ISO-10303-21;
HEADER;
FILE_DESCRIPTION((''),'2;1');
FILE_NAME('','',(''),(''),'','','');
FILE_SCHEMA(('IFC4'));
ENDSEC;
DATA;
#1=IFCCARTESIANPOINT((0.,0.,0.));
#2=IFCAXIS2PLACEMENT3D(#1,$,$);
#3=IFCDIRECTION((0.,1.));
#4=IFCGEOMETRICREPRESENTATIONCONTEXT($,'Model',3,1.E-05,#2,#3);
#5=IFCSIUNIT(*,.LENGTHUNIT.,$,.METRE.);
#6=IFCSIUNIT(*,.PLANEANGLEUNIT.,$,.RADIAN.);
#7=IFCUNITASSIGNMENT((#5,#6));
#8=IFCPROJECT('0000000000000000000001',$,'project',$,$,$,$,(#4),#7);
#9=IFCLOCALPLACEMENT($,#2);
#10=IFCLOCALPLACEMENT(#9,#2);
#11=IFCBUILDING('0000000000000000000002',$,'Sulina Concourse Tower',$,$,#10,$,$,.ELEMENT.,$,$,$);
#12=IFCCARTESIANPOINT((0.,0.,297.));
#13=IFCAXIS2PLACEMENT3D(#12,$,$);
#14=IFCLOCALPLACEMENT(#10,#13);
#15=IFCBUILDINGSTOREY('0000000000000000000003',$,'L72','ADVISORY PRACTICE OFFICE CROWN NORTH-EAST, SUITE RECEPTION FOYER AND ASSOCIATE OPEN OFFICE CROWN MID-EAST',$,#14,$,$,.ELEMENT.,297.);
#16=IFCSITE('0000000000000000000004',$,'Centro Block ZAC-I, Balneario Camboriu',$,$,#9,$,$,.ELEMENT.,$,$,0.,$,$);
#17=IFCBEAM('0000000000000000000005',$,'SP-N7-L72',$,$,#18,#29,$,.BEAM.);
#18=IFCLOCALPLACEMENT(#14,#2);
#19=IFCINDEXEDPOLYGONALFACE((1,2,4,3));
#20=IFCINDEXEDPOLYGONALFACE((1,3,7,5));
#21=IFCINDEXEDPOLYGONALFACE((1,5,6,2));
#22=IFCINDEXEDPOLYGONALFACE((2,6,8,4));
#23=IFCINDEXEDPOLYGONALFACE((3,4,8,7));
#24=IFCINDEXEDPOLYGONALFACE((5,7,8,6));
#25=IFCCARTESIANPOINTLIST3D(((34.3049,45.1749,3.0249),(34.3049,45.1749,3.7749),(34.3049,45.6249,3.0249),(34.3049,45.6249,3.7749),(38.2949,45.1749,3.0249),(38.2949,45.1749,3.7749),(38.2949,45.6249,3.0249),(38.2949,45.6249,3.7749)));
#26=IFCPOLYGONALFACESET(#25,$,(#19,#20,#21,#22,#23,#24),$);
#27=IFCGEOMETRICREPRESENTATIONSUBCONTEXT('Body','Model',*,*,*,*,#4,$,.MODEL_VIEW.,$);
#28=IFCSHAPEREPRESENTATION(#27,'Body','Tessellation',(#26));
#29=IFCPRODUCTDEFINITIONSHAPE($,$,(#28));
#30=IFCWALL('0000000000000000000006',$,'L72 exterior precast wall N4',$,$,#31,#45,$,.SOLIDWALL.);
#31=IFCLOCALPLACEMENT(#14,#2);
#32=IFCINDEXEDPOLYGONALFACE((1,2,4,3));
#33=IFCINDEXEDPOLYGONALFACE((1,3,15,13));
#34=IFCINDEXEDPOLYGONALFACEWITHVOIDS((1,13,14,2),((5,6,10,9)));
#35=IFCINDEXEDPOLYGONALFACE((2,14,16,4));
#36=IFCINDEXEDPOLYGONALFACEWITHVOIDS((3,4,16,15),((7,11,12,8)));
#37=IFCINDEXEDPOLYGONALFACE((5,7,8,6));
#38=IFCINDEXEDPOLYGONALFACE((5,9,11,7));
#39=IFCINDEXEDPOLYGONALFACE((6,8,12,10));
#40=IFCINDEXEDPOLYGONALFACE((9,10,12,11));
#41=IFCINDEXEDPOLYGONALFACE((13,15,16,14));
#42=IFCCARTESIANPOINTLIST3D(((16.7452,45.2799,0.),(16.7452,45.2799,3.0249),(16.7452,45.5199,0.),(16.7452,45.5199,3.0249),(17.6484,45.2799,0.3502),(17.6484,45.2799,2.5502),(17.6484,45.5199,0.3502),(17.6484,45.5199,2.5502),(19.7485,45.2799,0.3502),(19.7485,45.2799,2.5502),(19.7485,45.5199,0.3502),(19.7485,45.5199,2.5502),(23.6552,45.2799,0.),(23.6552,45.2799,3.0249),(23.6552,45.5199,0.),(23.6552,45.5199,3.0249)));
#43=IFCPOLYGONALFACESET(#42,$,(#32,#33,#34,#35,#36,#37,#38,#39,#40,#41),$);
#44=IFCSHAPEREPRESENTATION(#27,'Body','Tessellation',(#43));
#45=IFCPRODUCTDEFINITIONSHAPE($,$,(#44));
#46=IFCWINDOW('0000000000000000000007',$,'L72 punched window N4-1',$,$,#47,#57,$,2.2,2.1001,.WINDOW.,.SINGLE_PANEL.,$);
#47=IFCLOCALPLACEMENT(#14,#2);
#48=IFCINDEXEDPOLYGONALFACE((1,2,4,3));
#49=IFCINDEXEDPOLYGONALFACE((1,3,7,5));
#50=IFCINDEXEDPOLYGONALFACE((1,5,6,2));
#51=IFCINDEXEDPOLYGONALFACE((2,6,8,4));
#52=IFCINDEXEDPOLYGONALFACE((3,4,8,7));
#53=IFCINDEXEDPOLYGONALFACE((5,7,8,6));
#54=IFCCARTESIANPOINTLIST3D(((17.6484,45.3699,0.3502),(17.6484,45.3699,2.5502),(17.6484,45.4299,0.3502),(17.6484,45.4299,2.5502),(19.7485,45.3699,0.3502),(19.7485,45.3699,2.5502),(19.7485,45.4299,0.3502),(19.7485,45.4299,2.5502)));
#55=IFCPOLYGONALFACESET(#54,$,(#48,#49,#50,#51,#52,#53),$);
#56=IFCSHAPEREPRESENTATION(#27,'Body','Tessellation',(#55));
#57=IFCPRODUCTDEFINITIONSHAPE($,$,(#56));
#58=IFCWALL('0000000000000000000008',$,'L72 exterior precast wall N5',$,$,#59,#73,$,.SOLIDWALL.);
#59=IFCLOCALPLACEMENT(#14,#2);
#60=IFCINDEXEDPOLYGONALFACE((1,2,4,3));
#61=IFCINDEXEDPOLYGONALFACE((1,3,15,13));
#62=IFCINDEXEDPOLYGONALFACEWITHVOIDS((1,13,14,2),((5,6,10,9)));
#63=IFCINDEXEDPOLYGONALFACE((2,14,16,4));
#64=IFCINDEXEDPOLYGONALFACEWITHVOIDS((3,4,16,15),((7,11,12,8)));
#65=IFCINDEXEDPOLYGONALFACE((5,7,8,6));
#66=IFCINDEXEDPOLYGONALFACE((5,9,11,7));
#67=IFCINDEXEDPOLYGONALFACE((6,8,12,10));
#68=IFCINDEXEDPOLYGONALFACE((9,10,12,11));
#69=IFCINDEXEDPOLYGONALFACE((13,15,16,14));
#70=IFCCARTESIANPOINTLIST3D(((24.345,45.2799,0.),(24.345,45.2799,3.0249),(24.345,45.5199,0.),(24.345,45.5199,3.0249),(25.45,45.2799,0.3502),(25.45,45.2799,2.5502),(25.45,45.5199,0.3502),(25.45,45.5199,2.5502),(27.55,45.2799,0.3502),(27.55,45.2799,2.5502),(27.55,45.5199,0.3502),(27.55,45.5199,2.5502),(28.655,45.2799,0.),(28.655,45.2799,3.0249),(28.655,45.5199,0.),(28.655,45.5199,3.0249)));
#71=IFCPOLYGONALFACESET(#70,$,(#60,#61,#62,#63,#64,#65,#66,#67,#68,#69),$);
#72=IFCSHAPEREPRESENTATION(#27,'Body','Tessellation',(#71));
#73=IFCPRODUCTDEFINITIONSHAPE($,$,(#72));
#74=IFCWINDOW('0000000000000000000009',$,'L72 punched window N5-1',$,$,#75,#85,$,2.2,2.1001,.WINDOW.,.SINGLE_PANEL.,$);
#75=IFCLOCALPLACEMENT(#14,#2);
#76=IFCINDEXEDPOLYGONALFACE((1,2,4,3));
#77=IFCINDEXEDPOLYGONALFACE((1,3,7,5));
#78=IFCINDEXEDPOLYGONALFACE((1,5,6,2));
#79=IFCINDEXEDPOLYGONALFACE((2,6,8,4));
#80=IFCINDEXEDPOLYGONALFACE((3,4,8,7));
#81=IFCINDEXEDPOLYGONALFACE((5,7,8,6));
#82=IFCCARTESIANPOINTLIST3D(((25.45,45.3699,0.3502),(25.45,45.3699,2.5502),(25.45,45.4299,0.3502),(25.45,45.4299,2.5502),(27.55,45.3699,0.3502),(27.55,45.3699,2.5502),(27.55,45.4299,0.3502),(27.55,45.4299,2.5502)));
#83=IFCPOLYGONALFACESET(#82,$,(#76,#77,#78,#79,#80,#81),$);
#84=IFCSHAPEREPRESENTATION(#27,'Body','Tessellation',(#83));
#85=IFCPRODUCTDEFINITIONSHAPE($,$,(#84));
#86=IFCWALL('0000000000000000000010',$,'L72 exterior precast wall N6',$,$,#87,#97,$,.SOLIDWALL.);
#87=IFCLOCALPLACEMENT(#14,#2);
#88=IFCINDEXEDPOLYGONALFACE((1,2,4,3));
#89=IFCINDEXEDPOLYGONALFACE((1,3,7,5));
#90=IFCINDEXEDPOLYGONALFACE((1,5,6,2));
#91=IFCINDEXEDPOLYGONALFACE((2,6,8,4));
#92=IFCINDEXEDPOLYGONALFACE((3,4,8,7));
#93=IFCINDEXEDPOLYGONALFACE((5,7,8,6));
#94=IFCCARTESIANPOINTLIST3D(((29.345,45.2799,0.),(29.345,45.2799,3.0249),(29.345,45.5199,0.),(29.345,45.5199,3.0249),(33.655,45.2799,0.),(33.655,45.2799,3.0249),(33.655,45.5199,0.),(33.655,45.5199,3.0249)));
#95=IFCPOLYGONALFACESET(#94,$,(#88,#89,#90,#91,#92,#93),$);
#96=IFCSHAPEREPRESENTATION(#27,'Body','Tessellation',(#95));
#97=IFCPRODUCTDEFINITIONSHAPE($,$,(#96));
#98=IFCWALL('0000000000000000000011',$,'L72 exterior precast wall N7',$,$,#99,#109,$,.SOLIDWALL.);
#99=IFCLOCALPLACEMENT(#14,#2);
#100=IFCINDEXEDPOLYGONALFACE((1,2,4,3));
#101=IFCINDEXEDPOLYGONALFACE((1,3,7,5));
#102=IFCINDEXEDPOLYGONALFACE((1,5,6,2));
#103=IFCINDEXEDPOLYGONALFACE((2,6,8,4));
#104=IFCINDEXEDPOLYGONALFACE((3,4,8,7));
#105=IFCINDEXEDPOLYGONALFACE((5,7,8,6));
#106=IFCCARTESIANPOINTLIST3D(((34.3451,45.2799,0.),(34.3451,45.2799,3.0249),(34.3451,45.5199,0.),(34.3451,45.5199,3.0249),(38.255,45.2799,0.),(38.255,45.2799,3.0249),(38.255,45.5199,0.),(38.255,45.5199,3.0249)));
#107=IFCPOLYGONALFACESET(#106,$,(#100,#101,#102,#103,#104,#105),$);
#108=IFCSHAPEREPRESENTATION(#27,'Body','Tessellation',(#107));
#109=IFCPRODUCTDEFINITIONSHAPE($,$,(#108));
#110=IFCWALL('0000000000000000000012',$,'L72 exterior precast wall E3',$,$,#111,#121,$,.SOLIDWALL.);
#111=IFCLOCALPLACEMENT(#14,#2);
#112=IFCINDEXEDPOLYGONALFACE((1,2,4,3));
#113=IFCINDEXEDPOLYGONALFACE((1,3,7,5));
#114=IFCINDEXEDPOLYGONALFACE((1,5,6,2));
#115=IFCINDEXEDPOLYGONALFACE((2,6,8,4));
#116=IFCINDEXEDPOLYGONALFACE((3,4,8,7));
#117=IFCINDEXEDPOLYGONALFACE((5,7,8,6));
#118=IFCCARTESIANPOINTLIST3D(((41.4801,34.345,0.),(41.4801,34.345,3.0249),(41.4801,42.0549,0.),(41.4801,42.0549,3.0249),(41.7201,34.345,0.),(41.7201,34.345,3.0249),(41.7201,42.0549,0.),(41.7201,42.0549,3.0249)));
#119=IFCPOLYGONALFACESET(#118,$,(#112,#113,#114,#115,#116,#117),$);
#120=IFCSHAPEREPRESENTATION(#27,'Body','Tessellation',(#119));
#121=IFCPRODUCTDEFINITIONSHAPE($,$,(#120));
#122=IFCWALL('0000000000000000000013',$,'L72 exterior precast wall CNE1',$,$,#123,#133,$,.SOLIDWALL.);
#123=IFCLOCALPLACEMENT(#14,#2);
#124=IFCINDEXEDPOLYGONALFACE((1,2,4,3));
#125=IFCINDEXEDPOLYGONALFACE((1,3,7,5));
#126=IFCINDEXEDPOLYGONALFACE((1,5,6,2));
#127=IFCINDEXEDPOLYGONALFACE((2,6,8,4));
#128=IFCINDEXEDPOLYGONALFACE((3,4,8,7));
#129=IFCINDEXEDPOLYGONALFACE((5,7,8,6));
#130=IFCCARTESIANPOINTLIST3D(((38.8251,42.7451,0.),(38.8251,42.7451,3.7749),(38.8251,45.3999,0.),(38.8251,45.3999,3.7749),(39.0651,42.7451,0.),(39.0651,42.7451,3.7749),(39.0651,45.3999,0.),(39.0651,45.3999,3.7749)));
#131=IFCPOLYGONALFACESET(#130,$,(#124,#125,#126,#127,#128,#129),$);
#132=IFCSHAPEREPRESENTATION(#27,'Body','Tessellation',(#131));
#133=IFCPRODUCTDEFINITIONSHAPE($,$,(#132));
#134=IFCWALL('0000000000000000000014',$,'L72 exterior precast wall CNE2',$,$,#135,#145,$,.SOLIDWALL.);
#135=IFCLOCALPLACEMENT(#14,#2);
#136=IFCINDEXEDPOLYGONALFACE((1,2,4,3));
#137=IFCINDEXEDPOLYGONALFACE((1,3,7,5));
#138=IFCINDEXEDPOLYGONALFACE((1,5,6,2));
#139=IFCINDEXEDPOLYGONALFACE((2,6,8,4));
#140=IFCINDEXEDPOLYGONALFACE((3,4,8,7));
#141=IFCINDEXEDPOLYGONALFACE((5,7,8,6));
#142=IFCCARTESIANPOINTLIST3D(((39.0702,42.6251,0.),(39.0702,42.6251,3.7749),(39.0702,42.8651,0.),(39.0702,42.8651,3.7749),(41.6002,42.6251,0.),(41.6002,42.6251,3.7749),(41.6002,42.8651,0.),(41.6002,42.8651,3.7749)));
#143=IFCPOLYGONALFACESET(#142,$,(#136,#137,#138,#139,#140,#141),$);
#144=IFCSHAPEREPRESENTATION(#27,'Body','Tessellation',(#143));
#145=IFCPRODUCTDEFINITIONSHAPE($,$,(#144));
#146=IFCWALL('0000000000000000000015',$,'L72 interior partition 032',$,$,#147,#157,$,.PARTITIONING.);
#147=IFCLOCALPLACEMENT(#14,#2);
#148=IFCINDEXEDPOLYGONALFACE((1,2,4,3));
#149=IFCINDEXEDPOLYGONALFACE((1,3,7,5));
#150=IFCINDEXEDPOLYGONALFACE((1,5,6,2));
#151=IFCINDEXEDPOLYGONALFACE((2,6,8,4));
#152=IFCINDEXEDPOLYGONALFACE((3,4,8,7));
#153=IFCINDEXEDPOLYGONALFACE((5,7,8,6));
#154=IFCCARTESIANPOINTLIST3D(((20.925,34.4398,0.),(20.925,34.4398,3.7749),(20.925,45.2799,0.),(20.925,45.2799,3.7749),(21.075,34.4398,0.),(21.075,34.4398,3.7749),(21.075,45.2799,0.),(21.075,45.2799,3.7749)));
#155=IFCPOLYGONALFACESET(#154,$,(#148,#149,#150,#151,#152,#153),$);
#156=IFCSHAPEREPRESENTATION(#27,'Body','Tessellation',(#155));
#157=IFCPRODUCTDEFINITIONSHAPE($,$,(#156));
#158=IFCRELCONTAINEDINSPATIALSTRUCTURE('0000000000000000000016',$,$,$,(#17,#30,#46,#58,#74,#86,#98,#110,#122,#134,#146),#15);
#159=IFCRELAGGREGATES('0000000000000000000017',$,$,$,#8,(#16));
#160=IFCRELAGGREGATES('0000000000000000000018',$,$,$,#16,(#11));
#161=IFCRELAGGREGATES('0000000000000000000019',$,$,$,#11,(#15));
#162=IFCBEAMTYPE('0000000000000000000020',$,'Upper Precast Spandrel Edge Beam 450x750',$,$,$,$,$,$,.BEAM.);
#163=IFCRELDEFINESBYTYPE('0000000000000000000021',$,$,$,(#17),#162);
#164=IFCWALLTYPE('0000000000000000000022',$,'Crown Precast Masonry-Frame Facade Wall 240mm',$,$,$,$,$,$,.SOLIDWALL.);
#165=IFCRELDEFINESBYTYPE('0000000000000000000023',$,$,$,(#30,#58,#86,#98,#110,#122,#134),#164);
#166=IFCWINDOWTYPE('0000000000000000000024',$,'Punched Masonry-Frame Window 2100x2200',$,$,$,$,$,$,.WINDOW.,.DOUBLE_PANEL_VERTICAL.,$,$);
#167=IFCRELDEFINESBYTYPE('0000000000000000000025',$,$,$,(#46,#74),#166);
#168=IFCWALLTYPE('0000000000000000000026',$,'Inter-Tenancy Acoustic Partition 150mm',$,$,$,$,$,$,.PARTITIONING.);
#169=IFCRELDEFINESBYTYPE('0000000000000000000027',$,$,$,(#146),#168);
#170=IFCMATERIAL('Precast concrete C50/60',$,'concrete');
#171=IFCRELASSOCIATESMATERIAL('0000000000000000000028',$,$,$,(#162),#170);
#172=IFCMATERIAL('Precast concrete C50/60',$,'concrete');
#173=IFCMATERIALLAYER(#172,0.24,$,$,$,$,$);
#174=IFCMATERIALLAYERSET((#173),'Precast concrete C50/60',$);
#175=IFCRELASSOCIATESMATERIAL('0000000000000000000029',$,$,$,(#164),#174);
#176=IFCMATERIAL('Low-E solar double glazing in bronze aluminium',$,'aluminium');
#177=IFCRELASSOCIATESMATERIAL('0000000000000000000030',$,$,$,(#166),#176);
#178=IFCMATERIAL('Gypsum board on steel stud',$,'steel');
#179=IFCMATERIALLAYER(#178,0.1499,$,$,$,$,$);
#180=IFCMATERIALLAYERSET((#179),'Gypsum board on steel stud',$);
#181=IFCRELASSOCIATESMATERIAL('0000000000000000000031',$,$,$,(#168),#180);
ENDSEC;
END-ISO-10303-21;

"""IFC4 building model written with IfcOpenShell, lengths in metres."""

from ifc_helpers import new_model, si_unit, direction, frame, frame_2d, origin, origin_2d, place, context, subcontext, project, spatial, rectangle, extrude, material, layer, layer_set, material_profile, profile_set, type_object, element, fill, save


model = new_model("IFC4")

# Units and contexts
model_context = context("Model", 3, precision=1e-05, world=origin(), true_north=direction((0.0, 1.0)))
body_context = subcontext(model_context, "Body", "Model", "MODEL_VIEW")
ifc_project = project(units=[si_unit("LENGTHUNIT", "METRE"), si_unit("PLANEANGLEUNIT", "RADIAN")], contexts=[model_context])

# Site, building, storey
site_placement = place(None, origin())
site = spatial("IfcSite", under=ifc_project, at=site_placement, Name="Centro Block ZAC-I, Balneario Camboriu", CompositionType="ELEMENT", RefElevation=0.0)
building_placement = place(site_placement, origin())
building = spatial("IfcBuilding", under=site, at=building_placement, Name="Sulina Concourse Tower", CompositionType="ELEMENT")
storey_placement = place(building_placement, frame((0.0, 0.0, 297.0)))
storey = spatial("IfcBuildingStorey", under=building, at=storey_placement, Name="L72", Description="ADVISORY PRACTICE OFFICE CROWN NORTH-EAST, SUITE RECEPTION FOYER AND ASSOCIATE OPEN OFFICE CROWN MID-EAST", CompositionType="ELEMENT", Elevation=297.0)

# Beam
ifc_material_1 = material(Name="Precast concrete C50/60", Category="concrete")
ifc_material_profile_1 = material_profile(ifc_material_1, rectangle(XDim=0.45, YDim=0.75, at=origin_2d()), Name="RC 450x750")
ifc_profile_set_1 = profile_set([ifc_material_profile_1], Name="Precast concrete C50/60")
beam_type_1 = type_object("IfcBeamType", Name="Upper Precast Spandrel Edge Beam 450x750", PredefinedType="BEAM", material=ifc_profile_set_1)
beam_1_placement = place(storey_placement, frame((34.3049, 45.3999, 3.3999), z_axis=(1.0, 0.0, 0.0), x_axis=(0.0, 1.0, 0.0)))
element("IfcBeam", 1, at=beam_1_placement, inside=storey, type_object=beam_type_1, Name="SP-N7-L72", PredefinedType="BEAM", context=body_context, shape_type="SweptSolid", body=[
    extrude(rectangle(XDim=0.45, YDim=0.75, at=origin_2d()), origin(), (0.0, 0.0, 1.0), 3.99),
])

# Walls, openings, windows
ifc_material_2 = material(Name="Precast concrete C50/60", Category="concrete")
ifc_layer_1 = layer(ifc_material_2, 0.24)
ifc_layer_set_1 = layer_set([ifc_layer_1], Name="Precast concrete C50/60")
wall_type_1 = type_object("IfcWallType", Name="Crown Precast Masonry-Frame Facade Wall 240mm", PredefinedType="SOLIDWALL", material=ifc_layer_set_1)
wall_1_placement = place(storey_placement, frame((16.7451, 45.3999, 0.0), z_axis=(0.0, 0.0, 1.0), x_axis=(1.0, 0.0, 0.0)))
wall_1 = element("IfcWall", 2, at=wall_1_placement, inside=storey, type_object=wall_type_1, Name="L72 exterior precast wall N4", PredefinedType="SOLIDWALL", context=body_context, shape_type="SweptSolid", body=[
    extrude(rectangle(XDim=6.9099, YDim=0.24, at=frame_2d((3.4551, 0.0))), origin(), (0.0, 0.0, 1.0), 3.0249),
])
opening_1_placement = place(wall_1_placement, frame((0.9033, 0.0, 0.3501)))
opening_1 = element("IfcOpeningElement", 3, at=opening_1_placement, cuts=wall_1, PredefinedType="OPENING", context=body_context, shape_type="SweptSolid", body=[
    extrude(rectangle(XDim=2.1001, YDim=2.2, at=frame_2d((1.05, 1.1001))), frame((0.0, 0.1299, 0.0), z_axis=(0.0, -1.0, 0.0), x_axis=(1.0, 0.0, 0.0)), (0.0, 0.0, 1.0), 0.26),
])
ifc_material_3 = material(Name="Low-E solar double glazing in bronze aluminium", Category="aluminium")
window_type = type_object("IfcWindowType", Name="Punched Masonry-Frame Window 2100x2200", PartitioningType="DOUBLE_PANEL_VERTICAL", PredefinedType="WINDOW", material=ifc_material_3)
window_1_placement = place(opening_1_placement, origin())
window_1 = element("IfcWindow", 4, at=window_1_placement, inside=storey, type_object=window_type, Name="L72 punched window N4-1", OverallHeight=2.2, OverallWidth=2.1001, PartitioningType="SINGLE_PANEL", PredefinedType="WINDOW", context=body_context, shape_type="SweptSolid", body=[
    extrude(rectangle(XDim=2.1001, YDim=2.2, at=frame_2d((1.05, 1.1001))), frame((0.0, 0.03, 0.0), z_axis=(0.0, -1.0, 0.0), x_axis=(1.0, 0.0, 0.0)), (0.0, 0.0, 1.0), 0.0601),
])
fill(opening_1, window_1)
wall_2_placement = place(storey_placement, frame((24.345, 45.3999, 0.0), z_axis=(0.0, 0.0, 1.0), x_axis=(1.0, 0.0, 0.0)))
wall_2 = element("IfcWall", 5, at=wall_2_placement, inside=storey, type_object=wall_type_1, Name="L72 exterior precast wall N5", PredefinedType="SOLIDWALL", context=body_context, shape_type="SweptSolid", body=[
    extrude(rectangle(XDim=4.3101, YDim=0.24, at=frame_2d((2.155, 0.0))), origin(), (0.0, 0.0, 1.0), 3.0249),
])
opening_2_placement = place(wall_2_placement, frame((1.105, 0.0, 0.3501)))
opening_2 = element("IfcOpeningElement", 6, at=opening_2_placement, cuts=wall_2, PredefinedType="OPENING", context=body_context, shape_type="SweptSolid", body=[
    extrude(rectangle(XDim=2.1001, YDim=2.2, at=frame_2d((1.05, 1.1001))), frame((0.0, 0.1299, 0.0), z_axis=(0.0, -1.0, 0.0), x_axis=(1.0, 0.0, 0.0)), (0.0, 0.0, 1.0), 0.26),
])
window_2_placement = place(opening_2_placement, origin())
window_2 = element("IfcWindow", 7, at=window_2_placement, inside=storey, type_object=window_type, Name="L72 punched window N5-1", OverallHeight=2.2, OverallWidth=2.1001, PartitioningType="SINGLE_PANEL", PredefinedType="WINDOW", context=body_context, shape_type="SweptSolid", body=[
    extrude(rectangle(XDim=2.1001, YDim=2.2, at=frame_2d((1.05, 1.1001))), frame((0.0, 0.03, 0.0), z_axis=(0.0, -1.0, 0.0), x_axis=(1.0, 0.0, 0.0)), (0.0, 0.0, 1.0), 0.0601),
])
fill(opening_2, window_2)

# Walls
wall_3_placement = place(storey_placement, frame((29.345, 45.3999, 0.0), z_axis=(0.0, 0.0, 1.0), x_axis=(1.0, 0.0, 0.0)))
element("IfcWall", 8, at=wall_3_placement, inside=storey, type_object=wall_type_1, Name="L72 exterior precast wall N6", PredefinedType="SOLIDWALL", context=body_context, shape_type="SweptSolid", body=[
    extrude(rectangle(XDim=4.3101, YDim=0.24, at=frame_2d((2.155, 0.0))), origin(), (0.0, 0.0, 1.0), 3.0249),
])
wall_4_placement = place(storey_placement, frame((34.345, 45.3999, 0.0), z_axis=(0.0, 0.0, 1.0), x_axis=(1.0, 0.0, 0.0)))
element("IfcWall", 9, at=wall_4_placement, inside=storey, type_object=wall_type_1, Name="L72 exterior precast wall N7", PredefinedType="SOLIDWALL", context=body_context, shape_type="SweptSolid", body=[
    extrude(rectangle(XDim=3.9099, YDim=0.24, at=frame_2d((1.9551, 0.0))), origin(), (0.0, 0.0, 1.0), 3.0249),
])
wall_5_placement = place(storey_placement, frame((41.6001, 42.0549, 0.0), z_axis=(0.0, 0.0, 1.0), x_axis=(0.0, -1.0, 0.0)))
element("IfcWall", 10, at=wall_5_placement, inside=storey, type_object=wall_type_1, Name="L72 exterior precast wall E3", PredefinedType="SOLIDWALL", context=body_context, shape_type="SweptSolid", body=[
    extrude(rectangle(XDim=7.71, YDim=0.24, at=frame_2d((3.855, 0.0))), origin(), (0.0, 0.0, 1.0), 3.0249),
])
wall_6_placement = place(storey_placement, frame((38.9451, 45.3999, 0.0), z_axis=(0.0, 0.0, 1.0), x_axis=(0.0, -1.0, 0.0)))
element("IfcWall", 11, at=wall_6_placement, inside=storey, type_object=wall_type_1, Name="L72 exterior precast wall CNE1", PredefinedType="SOLIDWALL", context=body_context, shape_type="SweptSolid", body=[
    extrude(rectangle(XDim=2.6548, YDim=0.24, at=frame_2d((1.3274, 0.0))), origin(), (0.0, 0.0, 1.0), 3.7749),
])
wall_7_placement = place(storey_placement, frame((39.0701, 42.7451, 0.0), z_axis=(0.0, 0.0, 1.0), x_axis=(1.0, 0.0, 0.0)))
element("IfcWall", 12, at=wall_7_placement, inside=storey, type_object=wall_type_1, Name="L72 exterior precast wall CNE2", PredefinedType="SOLIDWALL", context=body_context, shape_type="SweptSolid", body=[
    extrude(rectangle(XDim=2.53, YDim=0.24, at=frame_2d((1.2651, 0.0))), origin(), (0.0, 0.0, 1.0), 3.7749),
])
ifc_material_4 = material(Name="Gypsum board on steel stud", Category="steel")
ifc_layer_2 = layer(ifc_material_4, 0.1499)
ifc_layer_set_2 = layer_set([ifc_layer_2], Name="Gypsum board on steel stud")
wall_type_2 = type_object("IfcWallType", Name="Inter-Tenancy Acoustic Partition 150mm", PredefinedType="PARTITIONING", material=ifc_layer_set_2)
wall_8_placement = place(storey_placement, frame((21.0, 34.4399, 0.0), z_axis=(0.0, 0.0, 1.0), x_axis=(0.0, 1.0, 0.0)))
element("IfcWall", 13, at=wall_8_placement, inside=storey, type_object=wall_type_2, Name="L72 interior partition 032", PredefinedType="PARTITIONING", context=body_context, shape_type="SweptSolid", body=[
    extrude(rectangle(XDim=10.8401, YDim=0.1499, at=frame_2d((5.4199, 0.0))), origin(), (0.0, 0.0, 1.0), 3.7749),
])

save(model, "model.ifc")
